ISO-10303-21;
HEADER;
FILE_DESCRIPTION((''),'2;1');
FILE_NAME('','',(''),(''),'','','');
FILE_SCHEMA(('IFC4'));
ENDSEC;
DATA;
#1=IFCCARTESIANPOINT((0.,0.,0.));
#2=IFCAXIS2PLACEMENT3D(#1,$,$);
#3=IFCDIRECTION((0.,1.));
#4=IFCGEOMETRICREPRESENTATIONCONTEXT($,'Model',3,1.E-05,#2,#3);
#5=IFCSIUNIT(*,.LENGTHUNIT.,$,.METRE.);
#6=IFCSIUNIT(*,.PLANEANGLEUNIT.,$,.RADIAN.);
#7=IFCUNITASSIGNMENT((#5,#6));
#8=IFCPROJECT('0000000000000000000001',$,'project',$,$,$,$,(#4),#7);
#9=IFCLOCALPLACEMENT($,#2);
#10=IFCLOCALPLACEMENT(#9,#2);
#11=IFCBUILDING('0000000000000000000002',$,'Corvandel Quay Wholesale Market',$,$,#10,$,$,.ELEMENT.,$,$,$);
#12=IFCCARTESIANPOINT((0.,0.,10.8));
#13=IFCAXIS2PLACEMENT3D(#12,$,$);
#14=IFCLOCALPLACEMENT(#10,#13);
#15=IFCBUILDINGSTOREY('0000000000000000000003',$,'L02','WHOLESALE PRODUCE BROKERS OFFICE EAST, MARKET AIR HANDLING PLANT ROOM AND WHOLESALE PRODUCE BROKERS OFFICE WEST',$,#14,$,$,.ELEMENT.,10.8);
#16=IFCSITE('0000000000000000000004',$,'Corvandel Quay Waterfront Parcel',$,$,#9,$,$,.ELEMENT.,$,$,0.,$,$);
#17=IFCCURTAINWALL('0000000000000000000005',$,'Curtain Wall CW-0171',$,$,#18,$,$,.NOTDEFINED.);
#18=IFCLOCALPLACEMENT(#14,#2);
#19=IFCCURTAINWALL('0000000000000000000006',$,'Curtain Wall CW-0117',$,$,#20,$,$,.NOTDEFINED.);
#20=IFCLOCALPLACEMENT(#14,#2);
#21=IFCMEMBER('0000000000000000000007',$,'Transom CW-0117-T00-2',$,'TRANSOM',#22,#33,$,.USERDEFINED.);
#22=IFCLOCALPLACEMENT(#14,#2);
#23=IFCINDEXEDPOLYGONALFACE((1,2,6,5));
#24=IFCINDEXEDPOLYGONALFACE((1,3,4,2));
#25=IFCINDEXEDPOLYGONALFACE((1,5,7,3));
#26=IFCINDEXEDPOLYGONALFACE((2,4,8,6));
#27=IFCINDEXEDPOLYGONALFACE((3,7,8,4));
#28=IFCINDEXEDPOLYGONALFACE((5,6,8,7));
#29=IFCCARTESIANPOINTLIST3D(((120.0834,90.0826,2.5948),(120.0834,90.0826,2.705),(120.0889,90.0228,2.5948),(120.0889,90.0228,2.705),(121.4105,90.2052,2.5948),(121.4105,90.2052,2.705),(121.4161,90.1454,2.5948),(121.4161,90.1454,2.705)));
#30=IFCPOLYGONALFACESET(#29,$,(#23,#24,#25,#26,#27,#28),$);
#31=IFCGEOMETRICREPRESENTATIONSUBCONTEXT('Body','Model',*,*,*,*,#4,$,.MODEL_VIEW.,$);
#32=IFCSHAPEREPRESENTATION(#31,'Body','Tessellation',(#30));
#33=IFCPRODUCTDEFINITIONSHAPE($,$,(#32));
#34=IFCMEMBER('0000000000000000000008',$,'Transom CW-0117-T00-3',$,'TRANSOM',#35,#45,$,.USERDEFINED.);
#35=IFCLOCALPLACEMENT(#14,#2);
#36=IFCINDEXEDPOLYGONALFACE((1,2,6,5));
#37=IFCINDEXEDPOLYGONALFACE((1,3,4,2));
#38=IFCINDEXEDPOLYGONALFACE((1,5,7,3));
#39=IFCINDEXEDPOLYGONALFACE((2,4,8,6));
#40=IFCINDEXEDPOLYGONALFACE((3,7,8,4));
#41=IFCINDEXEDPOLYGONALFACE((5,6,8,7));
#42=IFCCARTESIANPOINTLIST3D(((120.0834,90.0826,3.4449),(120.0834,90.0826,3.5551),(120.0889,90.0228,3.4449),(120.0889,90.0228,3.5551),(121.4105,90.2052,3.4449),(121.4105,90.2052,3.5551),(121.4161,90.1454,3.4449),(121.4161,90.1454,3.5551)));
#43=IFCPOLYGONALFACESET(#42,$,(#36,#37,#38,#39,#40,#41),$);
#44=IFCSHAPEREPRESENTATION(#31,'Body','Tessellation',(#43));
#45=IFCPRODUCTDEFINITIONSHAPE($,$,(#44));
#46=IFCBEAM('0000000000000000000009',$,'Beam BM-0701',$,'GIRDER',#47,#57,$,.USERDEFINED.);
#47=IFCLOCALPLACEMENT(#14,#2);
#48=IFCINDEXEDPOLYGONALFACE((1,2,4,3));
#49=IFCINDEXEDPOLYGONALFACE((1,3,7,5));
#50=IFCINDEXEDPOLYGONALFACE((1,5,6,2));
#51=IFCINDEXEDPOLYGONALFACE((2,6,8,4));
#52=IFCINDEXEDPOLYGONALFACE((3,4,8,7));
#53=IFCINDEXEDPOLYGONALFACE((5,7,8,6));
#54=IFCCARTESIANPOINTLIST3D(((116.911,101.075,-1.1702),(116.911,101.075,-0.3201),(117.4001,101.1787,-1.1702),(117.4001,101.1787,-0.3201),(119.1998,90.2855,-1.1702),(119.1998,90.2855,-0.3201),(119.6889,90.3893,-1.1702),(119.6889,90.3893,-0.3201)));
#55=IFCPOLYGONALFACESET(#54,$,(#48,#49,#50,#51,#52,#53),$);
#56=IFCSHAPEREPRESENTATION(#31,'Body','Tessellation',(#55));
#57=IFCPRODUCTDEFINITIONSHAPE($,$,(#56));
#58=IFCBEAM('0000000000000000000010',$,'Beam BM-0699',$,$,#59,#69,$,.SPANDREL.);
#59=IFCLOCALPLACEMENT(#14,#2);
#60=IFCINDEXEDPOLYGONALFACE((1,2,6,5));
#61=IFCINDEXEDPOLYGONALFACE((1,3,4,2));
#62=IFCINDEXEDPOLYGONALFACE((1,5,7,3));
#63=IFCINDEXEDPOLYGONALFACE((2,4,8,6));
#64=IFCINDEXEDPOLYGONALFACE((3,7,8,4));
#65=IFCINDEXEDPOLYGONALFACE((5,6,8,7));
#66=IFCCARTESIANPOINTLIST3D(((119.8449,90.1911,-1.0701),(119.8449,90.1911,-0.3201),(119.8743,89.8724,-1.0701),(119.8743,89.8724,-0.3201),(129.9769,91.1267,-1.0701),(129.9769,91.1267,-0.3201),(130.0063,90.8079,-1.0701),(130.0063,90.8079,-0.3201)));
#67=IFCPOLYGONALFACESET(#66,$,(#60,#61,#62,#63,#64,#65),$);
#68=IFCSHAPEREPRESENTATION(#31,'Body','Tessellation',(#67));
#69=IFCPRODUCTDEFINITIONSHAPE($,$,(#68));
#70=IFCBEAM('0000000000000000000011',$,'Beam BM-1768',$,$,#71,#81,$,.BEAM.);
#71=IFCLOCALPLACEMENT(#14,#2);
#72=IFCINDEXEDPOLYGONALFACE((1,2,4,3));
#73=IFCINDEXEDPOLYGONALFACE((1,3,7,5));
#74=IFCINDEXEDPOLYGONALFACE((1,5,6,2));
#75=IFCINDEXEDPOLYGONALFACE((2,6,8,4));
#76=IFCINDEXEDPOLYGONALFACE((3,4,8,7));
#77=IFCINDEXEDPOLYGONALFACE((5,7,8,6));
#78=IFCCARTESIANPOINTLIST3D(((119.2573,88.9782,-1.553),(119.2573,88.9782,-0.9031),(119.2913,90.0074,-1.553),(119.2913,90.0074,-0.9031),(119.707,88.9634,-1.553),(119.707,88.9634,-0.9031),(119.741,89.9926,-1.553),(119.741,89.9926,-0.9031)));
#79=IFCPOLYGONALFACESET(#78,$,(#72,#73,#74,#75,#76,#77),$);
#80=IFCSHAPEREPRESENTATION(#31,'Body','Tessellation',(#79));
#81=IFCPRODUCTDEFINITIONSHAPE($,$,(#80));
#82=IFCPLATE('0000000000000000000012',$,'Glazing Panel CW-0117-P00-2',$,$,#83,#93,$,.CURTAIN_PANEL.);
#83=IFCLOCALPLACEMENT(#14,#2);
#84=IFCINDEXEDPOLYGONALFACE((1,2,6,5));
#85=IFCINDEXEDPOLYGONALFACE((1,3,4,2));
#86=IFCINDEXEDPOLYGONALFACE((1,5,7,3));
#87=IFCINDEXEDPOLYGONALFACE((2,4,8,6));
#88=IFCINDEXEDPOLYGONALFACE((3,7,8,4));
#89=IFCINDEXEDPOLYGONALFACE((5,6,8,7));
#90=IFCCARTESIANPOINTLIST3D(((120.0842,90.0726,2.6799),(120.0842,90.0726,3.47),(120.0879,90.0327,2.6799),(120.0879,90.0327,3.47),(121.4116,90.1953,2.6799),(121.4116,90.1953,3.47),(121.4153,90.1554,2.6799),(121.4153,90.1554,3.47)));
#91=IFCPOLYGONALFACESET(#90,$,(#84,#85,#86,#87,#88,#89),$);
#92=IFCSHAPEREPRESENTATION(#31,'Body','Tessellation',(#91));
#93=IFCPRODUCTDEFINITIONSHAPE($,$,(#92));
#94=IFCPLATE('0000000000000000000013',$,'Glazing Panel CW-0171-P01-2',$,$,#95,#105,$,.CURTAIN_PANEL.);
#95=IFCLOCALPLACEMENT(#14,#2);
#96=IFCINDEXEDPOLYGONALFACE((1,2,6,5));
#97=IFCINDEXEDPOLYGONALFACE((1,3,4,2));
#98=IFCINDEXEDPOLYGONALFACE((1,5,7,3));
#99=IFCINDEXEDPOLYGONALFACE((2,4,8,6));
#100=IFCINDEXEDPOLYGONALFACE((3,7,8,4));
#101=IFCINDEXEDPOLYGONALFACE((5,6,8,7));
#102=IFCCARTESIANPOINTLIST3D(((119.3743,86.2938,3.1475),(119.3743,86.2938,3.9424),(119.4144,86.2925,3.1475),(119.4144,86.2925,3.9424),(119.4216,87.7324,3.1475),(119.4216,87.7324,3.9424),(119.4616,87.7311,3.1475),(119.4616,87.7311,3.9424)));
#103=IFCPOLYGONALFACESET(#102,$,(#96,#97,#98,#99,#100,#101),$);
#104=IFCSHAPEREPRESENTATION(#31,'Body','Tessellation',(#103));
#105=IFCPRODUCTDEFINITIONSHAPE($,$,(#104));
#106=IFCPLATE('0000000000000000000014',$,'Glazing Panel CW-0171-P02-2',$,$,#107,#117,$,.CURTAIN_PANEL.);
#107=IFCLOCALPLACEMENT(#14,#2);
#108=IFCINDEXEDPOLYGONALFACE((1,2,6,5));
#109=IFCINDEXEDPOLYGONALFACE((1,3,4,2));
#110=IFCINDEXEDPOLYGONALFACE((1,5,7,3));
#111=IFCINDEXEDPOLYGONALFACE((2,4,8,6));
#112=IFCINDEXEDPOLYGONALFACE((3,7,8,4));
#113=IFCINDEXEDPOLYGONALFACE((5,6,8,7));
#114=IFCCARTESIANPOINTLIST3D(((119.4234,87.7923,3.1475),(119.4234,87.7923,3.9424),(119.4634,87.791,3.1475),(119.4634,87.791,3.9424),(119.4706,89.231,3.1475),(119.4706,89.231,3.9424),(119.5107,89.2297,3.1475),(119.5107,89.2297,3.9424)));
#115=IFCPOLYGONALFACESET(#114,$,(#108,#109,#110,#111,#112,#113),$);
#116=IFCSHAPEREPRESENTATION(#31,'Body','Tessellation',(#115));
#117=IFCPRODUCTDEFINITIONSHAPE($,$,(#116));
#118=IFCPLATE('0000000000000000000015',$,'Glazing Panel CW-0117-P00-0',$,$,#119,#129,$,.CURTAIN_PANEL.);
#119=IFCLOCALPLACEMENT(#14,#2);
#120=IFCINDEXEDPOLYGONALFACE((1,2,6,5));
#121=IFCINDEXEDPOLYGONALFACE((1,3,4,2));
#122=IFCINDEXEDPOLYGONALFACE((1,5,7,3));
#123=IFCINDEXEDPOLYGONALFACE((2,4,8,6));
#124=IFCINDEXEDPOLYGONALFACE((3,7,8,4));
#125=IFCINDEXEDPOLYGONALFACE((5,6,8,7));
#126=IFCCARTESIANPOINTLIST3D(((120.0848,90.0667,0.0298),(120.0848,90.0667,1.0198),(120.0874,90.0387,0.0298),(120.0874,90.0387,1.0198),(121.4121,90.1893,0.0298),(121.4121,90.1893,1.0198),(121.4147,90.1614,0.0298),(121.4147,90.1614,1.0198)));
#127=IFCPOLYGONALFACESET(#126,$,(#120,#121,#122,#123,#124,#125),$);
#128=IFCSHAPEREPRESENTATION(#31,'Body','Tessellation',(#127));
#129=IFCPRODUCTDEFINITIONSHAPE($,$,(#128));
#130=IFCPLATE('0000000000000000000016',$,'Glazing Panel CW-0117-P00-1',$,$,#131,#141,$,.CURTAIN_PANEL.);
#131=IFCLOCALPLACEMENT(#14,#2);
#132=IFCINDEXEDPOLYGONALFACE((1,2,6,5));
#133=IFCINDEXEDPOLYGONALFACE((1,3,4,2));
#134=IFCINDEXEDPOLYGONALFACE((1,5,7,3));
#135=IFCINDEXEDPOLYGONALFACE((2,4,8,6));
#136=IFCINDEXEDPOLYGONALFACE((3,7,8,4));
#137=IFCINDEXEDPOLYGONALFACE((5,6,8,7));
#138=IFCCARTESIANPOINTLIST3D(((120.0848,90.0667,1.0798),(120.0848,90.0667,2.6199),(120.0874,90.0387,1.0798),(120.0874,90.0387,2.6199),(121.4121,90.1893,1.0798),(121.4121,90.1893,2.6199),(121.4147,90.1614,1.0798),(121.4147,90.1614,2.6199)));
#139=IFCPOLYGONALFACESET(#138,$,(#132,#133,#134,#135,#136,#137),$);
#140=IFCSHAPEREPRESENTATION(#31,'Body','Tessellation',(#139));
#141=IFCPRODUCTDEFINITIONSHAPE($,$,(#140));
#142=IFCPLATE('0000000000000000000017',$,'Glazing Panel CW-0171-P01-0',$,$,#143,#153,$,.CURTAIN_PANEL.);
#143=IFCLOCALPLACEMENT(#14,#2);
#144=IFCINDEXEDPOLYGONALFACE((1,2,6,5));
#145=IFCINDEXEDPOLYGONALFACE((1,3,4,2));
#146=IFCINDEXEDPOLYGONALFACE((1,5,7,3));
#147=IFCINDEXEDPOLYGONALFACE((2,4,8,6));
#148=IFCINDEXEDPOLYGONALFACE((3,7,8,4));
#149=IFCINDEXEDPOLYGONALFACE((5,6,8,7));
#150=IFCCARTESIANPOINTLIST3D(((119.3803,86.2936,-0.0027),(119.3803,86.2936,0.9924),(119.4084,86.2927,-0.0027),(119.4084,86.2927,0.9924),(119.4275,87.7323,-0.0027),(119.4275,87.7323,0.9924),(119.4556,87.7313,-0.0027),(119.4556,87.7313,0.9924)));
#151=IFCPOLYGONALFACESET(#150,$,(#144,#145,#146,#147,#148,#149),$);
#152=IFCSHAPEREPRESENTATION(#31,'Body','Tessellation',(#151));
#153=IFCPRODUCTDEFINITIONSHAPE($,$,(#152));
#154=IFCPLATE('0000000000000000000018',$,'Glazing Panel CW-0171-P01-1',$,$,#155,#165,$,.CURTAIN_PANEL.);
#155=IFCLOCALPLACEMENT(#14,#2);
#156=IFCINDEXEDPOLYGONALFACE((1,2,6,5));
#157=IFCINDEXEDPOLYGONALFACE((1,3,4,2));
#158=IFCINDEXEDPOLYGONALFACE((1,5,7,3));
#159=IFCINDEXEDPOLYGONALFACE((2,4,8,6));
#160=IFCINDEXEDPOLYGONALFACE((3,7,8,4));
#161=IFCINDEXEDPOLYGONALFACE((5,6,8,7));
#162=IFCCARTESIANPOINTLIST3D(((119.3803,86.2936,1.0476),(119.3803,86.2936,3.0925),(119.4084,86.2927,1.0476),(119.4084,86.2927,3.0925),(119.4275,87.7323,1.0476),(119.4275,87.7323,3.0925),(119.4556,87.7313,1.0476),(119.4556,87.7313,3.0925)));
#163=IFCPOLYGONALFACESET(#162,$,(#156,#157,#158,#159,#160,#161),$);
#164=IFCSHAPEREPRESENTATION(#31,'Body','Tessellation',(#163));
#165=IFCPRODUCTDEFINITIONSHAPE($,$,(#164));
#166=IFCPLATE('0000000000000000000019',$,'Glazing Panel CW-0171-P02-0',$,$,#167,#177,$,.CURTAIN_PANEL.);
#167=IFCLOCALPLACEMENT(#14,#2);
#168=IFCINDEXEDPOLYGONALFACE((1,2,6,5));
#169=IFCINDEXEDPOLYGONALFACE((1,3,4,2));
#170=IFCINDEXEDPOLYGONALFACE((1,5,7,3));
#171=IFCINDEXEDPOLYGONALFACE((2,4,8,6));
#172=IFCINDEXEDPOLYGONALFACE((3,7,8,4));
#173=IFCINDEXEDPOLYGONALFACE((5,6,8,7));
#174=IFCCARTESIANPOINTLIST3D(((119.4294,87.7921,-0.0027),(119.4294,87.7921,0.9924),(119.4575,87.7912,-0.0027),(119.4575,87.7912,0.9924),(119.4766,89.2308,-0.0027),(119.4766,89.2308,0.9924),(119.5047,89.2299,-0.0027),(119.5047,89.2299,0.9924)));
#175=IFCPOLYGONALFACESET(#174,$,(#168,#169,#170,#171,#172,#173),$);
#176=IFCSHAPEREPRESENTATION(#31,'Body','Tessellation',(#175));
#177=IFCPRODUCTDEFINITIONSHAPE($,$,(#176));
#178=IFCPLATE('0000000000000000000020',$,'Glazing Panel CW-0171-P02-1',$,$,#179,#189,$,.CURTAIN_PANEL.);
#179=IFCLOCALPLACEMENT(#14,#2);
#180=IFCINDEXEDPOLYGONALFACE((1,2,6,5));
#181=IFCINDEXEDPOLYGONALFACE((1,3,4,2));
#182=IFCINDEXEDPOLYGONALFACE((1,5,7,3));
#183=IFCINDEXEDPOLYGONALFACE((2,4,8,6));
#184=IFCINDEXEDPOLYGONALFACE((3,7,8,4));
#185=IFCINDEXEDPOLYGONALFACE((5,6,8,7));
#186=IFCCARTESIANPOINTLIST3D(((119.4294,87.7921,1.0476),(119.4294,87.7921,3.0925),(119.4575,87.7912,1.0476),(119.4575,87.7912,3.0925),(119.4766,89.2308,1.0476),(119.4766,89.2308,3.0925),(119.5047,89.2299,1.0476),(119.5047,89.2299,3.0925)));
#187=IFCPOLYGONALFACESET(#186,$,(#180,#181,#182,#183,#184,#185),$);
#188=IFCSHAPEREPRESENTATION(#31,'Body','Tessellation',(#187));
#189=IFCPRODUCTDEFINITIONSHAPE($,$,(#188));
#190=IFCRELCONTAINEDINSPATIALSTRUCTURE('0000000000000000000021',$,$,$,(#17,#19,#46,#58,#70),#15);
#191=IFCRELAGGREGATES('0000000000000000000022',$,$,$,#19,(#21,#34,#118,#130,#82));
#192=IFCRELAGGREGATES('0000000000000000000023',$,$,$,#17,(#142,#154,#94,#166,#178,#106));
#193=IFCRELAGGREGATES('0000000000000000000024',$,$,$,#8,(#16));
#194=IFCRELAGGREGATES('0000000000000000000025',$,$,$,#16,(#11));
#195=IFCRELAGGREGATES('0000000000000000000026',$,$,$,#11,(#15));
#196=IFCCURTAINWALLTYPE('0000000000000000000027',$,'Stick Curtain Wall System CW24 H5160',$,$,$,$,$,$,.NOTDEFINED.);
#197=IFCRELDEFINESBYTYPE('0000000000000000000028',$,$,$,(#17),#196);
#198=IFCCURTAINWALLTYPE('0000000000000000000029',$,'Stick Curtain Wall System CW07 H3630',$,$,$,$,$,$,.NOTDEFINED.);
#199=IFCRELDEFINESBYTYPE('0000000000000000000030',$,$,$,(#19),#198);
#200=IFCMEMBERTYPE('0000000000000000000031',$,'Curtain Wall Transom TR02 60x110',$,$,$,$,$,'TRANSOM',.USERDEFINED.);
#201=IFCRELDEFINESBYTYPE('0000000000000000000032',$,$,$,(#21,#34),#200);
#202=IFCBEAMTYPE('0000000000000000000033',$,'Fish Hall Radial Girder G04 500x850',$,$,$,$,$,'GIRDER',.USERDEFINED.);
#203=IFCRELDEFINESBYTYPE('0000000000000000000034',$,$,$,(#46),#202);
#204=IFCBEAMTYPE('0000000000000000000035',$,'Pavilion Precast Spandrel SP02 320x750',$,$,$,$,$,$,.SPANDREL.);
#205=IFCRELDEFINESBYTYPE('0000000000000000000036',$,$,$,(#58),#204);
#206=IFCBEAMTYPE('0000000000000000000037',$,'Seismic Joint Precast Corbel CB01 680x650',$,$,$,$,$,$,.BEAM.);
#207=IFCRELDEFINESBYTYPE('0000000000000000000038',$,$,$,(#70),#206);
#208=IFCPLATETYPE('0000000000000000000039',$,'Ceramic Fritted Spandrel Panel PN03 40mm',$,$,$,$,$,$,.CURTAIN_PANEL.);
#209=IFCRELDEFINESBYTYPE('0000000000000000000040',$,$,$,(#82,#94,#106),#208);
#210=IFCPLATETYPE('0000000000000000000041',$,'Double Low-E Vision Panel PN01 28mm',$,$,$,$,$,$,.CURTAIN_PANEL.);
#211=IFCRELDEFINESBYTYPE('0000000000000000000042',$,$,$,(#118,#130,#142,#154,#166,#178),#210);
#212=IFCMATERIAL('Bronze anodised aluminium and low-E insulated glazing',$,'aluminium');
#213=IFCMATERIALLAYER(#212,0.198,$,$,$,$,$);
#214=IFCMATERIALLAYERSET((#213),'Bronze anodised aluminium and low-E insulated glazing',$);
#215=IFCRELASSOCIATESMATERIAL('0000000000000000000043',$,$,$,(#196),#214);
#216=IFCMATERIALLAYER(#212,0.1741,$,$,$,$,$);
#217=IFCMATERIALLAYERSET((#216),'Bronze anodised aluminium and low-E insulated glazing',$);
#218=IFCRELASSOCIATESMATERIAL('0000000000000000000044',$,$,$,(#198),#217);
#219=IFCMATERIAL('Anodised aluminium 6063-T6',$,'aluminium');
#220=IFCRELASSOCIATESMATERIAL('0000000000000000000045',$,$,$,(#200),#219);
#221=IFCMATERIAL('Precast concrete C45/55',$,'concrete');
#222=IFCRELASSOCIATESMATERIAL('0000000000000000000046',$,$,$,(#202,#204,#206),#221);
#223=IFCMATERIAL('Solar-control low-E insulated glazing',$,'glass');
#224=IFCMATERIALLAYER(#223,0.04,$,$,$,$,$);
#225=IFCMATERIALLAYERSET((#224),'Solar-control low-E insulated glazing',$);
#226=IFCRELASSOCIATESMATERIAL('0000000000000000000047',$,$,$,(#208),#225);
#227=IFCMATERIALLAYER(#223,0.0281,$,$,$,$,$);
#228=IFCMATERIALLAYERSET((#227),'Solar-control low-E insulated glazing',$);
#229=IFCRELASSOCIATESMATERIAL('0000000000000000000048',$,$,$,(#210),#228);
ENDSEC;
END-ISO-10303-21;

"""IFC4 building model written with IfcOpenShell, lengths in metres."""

from ifc_helpers import new_model, si_unit, direction, frame, origin, origin_2d, place, context, subcontext, project, spatial, rectangle, extrude, material, layer, layer_set, material_profile, profile_set, type_object, element, aggregate, save


model = new_model("IFC4")

# Units and contexts
model_context = context("Model", 3, precision=1e-05, world=origin(), true_north=direction((0.0, 1.0)))
body_context = subcontext(model_context, "Body", "Model", "MODEL_VIEW")
ifc_project = project(units=[si_unit("LENGTHUNIT", "METRE"), si_unit("PLANEANGLEUNIT", "RADIAN")], contexts=[model_context])

# Site, building, storey
site_placement = place(None, origin())
site = spatial("IfcSite", under=ifc_project, at=site_placement, Name="Corvandel Quay Waterfront Parcel", CompositionType="ELEMENT", RefElevation=0.0)
building_placement = place(site_placement, origin())
building = spatial("IfcBuilding", under=site, at=building_placement, Name="Corvandel Quay Wholesale Market", CompositionType="ELEMENT")
storey_placement = place(building_placement, frame((0.0, 0.0, 10.8)))
storey = spatial("IfcBuildingStorey", under=building, at=storey_placement, Name="L02", Description="WHOLESALE PRODUCE BROKERS OFFICE EAST, MARKET AIR HANDLING PLANT ROOM AND WHOLESALE PRODUCE BROKERS OFFICE WEST", CompositionType="ELEMENT", Elevation=10.8)

# Shared definitions
ifc_material_1 = material(Name="Precast concrete C45/55", Category="concrete")

# Curtain walls, members
ifc_material_2 = material(Name="Bronze anodised aluminium and low-E insulated glazing", Category="aluminium")
ifc_layer_1 = layer(ifc_material_2, 0.198)
ifc_layer_set_1 = layer_set([ifc_layer_1], Name="Bronze anodised aluminium and low-E insulated glazing")
curtain_wall_type_1 = type_object("IfcCurtainWallType", Name="Stick Curtain Wall System CW24 H5160", PredefinedType="NOTDEFINED", material=ifc_layer_set_1)
curtain_wall_1_placement = place(storey_placement, origin())
curtain_wall_1 = element("IfcCurtainWall", 1, at=curtain_wall_1_placement, inside=storey, type_object=curtain_wall_type_1, Name="Curtain Wall CW-0171", PredefinedType="NOTDEFINED")
ifc_material_3 = material(Name="Anodised aluminium 6063-T6", Category="aluminium")
ifc_layer_2 = layer(ifc_material_2, 0.1741)
ifc_layer_set_2 = layer_set([ifc_layer_2], Name="Bronze anodised aluminium and low-E insulated glazing")
curtain_wall_type_2 = type_object("IfcCurtainWallType", Name="Stick Curtain Wall System CW07 H3630", PredefinedType="NOTDEFINED", material=ifc_layer_set_2)
curtain_wall_2_placement = place(storey_placement, origin())
curtain_wall_2 = element("IfcCurtainWall", 2, at=curtain_wall_2_placement, inside=storey, type_object=curtain_wall_type_2, Name="Curtain Wall CW-0117", PredefinedType="NOTDEFINED")
ifc_material_profile_1 = material_profile(ifc_material_3, rectangle(XDim=0.0601, YDim=0.1101, at=origin_2d()), Name="ALU-TRN-60x110")
ifc_profile_set_1 = profile_set([ifc_material_profile_1], Name="Anodised aluminium 6063-T6")
member_type_1 = type_object("IfcMemberType", Name="Curtain Wall Transom TR02 60x110", ElementType="TRANSOM", PredefinedType="USERDEFINED", material=ifc_profile_set_1)
member_1_placement = place(storey_placement, frame((120.0862, 90.0527, 2.6499), z_axis=(0.995763, 0.091956, 0.0), x_axis=(-0.091956, 0.995763, 0.0)))
member_1 = element("IfcMember", 3, at=member_1_placement, type_object=member_type_1, Name="Transom CW-0117-T00-2", ObjectType="TRANSOM", PredefinedType="USERDEFINED", context=body_context, shape_type="SweptSolid", body=[
    extrude(rectangle(XDim=0.0601, YDim=0.1101, at=origin_2d()), origin(), (0.0, 0.0, 1.0), 1.3328),
])
member_2_placement = place(storey_placement, frame((120.0862, 90.0527, 3.5), z_axis=(0.995763, 0.091956, 0.0), x_axis=(-0.091956, 0.995763, 0.0)))
member_2 = element("IfcMember", 4, at=member_2_placement, type_object=member_type_1, Name="Transom CW-0117-T00-3", ObjectType="TRANSOM", PredefinedType="USERDEFINED", context=body_context, shape_type="SweptSolid", body=[
    extrude(rectangle(XDim=0.0601, YDim=0.1101, at=origin_2d()), origin(), (0.0, 0.0, 1.0), 1.3328),
])

# Beams
ifc_material_profile_2 = material_profile(ifc_material_1, rectangle(XDim=0.5, YDim=0.8501, at=origin_2d()), Name="PC-GIR-500x850")
ifc_profile_set_2 = profile_set([ifc_material_profile_2], Name="Precast concrete C45/55")
beam_type_1 = type_object("IfcBeamType", Name="Fish Hall Radial Girder G04 500x850", ElementType="GIRDER", PredefinedType="USERDEFINED", material=ifc_profile_set_2)
beam_1_placement = place(storey_placement, frame((119.4443, 90.3374, -0.7451), z_axis=(-0.207515, 0.978232, 0.0), x_axis=(-0.978232, -0.207515, 0.0)))
element("IfcBeam", 5, at=beam_1_placement, inside=storey, type_object=beam_type_1, Name="Beam BM-0701", ObjectType="GIRDER", PredefinedType="USERDEFINED", context=body_context, shape_type="SweptSolid", body=[
    extrude(rectangle(XDim=0.5, YDim=0.8501, at=origin_2d()), origin(), (0.0, 0.0, 1.0), 11.0295),
])
ifc_material_profile_3 = material_profile(ifc_material_1, rectangle(XDim=0.3201, YDim=0.75, at=origin_2d()), Name="PC-SPN-320x750")
ifc_profile_set_3 = profile_set([ifc_material_profile_3], Name="Precast concrete C45/55")
beam_type_2 = type_object("IfcBeamType", Name="Pavilion Precast Spandrel SP02 320x750", PredefinedType="SPANDREL", material=ifc_profile_set_3)
beam_2_placement = place(storey_placement, frame((119.8596, 90.0317, -0.6951), z_axis=(0.995764, 0.091946, 0.0), x_axis=(-0.091946, 0.995764, 0.0)))
element("IfcBeam", 6, at=beam_2_placement, inside=storey, type_object=beam_type_2, Name="Beam BM-0699", PredefinedType="SPANDREL", context=body_context, shape_type="SweptSolid", body=[
    extrude(rectangle(XDim=0.3201, YDim=0.75, at=origin_2d()), origin(), (0.0, 0.0, 1.0), 10.175),
])
ifc_material_profile_4 = material_profile(ifc_material_1, rectangle(XDim=0.45, YDim=0.6499, at=origin_2d()), Name="PC-COR-680x650")
ifc_profile_set_4 = profile_set([ifc_material_profile_4], Name="Precast concrete C45/55")
beam_type_3 = type_object("IfcBeamType", Name="Seismic Joint Precast Corbel CB01 680x650", PredefinedType="BEAM", material=ifc_profile_set_4)
beam_3_placement = place(storey_placement, frame((119.5161, 90.0, -1.228), z_axis=(-0.032952, -0.999457, 0.0), x_axis=(0.999457, -0.032952, 0.0)))
element("IfcBeam", 7, at=beam_3_placement, inside=storey, type_object=beam_type_3, Name="Beam BM-1768", PredefinedType="BEAM", context=body_context, shape_type="SweptSolid", body=[
    extrude(rectangle(XDim=0.45, YDim=0.6499, at=origin_2d()), origin(), (0.0, 0.0, 1.0), 1.0298),
])

# Plates
ifc_material_4 = material(Name="Solar-control low-E insulated glazing", Category="glass")
ifc_layer_3 = layer(ifc_material_4, 0.04)
ifc_layer_set_3 = layer_set([ifc_layer_3], Name="Solar-control low-E insulated glazing")
plate_type_1 = type_object("IfcPlateType", Name="Ceramic Fritted Spandrel Panel PN03 40mm", PredefinedType="CURTAIN_PANEL", material=ifc_layer_set_3)
plate_1_placement = place(storey_placement, frame((120.7498, 90.114, 2.6799), z_axis=(0.0, 0.0, 1.0), x_axis=(0.995757, 0.092023, 0.0)))
plate_1 = element("IfcPlate", 8, at=plate_1_placement, type_object=plate_type_1, Name="Glazing Panel CW-0117-P00-2", PredefinedType="CURTAIN_PANEL", context=body_context, shape_type="SweptSolid", body=[
    extrude(rectangle(XDim=1.333, YDim=0.04, at=origin_2d()), origin(), (0.0, 0.0, 1.0), 0.79),
])
plate_2_placement = place(storey_placement, frame((119.418, 87.0125, 3.1475), z_axis=(0.0, 0.0, 1.0), x_axis=(0.032806, 0.999462, 0.0)))
plate_2 = element("IfcPlate", 9, at=plate_2_placement, type_object=plate_type_1, Name="Glazing Panel CW-0171-P01-2", PredefinedType="CURTAIN_PANEL", context=body_context, shape_type="SweptSolid", body=[
    extrude(rectangle(XDim=1.4395, YDim=0.04, at=origin_2d()), origin(), (0.0, 0.0, 1.0), 0.7949),
])
plate_3_placement = place(storey_placement, frame((119.467, 88.511, 3.1475), z_axis=(0.0, 0.0, 1.0), x_axis=(0.032806, 0.999462, 0.0)))
plate_3 = element("IfcPlate", 10, at=plate_3_placement, type_object=plate_type_1, Name="Glazing Panel CW-0171-P02-2", PredefinedType="CURTAIN_PANEL", context=body_context, shape_type="SweptSolid", body=[
    extrude(rectangle(XDim=1.4395, YDim=0.04, at=origin_2d()), origin(), (0.0, 0.0, 1.0), 0.7949),
])
ifc_layer_4 = layer(ifc_material_4, 0.0281)
ifc_layer_set_4 = layer_set([ifc_layer_4], Name="Solar-control low-E insulated glazing")
plate_type_2 = type_object("IfcPlateType", Name="Double Low-E Vision Panel PN01 28mm", PredefinedType="CURTAIN_PANEL", material=ifc_layer_set_4)
plate_4_placement = place(storey_placement, frame((120.7498, 90.114, 0.0298), z_axis=(0.0, 0.0, 1.0), x_axis=(0.995757, 0.092023, 0.0)))
plate_4 = element("IfcPlate", 11, at=plate_4_placement, type_object=plate_type_2, Name="Glazing Panel CW-0117-P00-0", PredefinedType="CURTAIN_PANEL", context=body_context, shape_type="SweptSolid", body=[
    extrude(rectangle(XDim=1.333, YDim=0.0281, at=origin_2d()), origin(), (0.0, 0.0, 1.0), 0.99),
])
plate_5_placement = place(storey_placement, frame((120.7498, 90.114, 1.0798), z_axis=(0.0, 0.0, 1.0), x_axis=(0.995757, 0.092023, 0.0)))
plate_5 = element("IfcPlate", 12, at=plate_5_placement, type_object=plate_type_2, Name="Glazing Panel CW-0117-P00-1", PredefinedType="CURTAIN_PANEL", context=body_context, shape_type="SweptSolid", body=[
    extrude(rectangle(XDim=1.333, YDim=0.0281, at=origin_2d()), origin(), (0.0, 0.0, 1.0), 1.54),
])
aggregate(curtain_wall_2, [member_1, member_2, plate_4, plate_5, plate_1])
plate_6_placement = place(storey_placement, frame((119.418, 87.0125, -0.0027), z_axis=(0.0, 0.0, 1.0), x_axis=(0.032806, 0.999462, 0.0)))
plate_6 = element("IfcPlate", 13, at=plate_6_placement, type_object=plate_type_2, Name="Glazing Panel CW-0171-P01-0", PredefinedType="CURTAIN_PANEL", context=body_context, shape_type="SweptSolid", body=[
    extrude(rectangle(XDim=1.4395, YDim=0.0281, at=origin_2d()), origin(), (0.0, 0.0, 1.0), 0.9951),
])
plate_7_placement = place(storey_placement, frame((119.418, 87.0125, 1.0476), z_axis=(0.0, 0.0, 1.0), x_axis=(0.032806, 0.999462, 0.0)))
plate_7 = element("IfcPlate", 14, at=plate_7_placement, type_object=plate_type_2, Name="Glazing Panel CW-0171-P01-1", PredefinedType="CURTAIN_PANEL", context=body_context, shape_type="SweptSolid", body=[
    extrude(rectangle(XDim=1.4395, YDim=0.0281, at=origin_2d()), origin(), (0.0, 0.0, 1.0), 2.0449),
])
plate_8_placement = place(storey_placement, frame((119.467, 88.511, -0.0027), z_axis=(0.0, 0.0, 1.0), x_axis=(0.032806, 0.999462, 0.0)))
plate_8 = element("IfcPlate", 15, at=plate_8_placement, type_object=plate_type_2, Name="Glazing Panel CW-0171-P02-0", PredefinedType="CURTAIN_PANEL", context=body_context, shape_type="SweptSolid", body=[
    extrude(rectangle(XDim=1.4395, YDim=0.0281, at=origin_2d()), origin(), (0.0, 0.0, 1.0), 0.9951),
])
plate_9_placement = place(storey_placement, frame((119.467, 88.511, 1.0476), z_axis=(0.0, 0.0, 1.0), x_axis=(0.032806, 0.999462, 0.0)))
plate_9 = element("IfcPlate", 16, at=plate_9_placement, type_object=plate_type_2, Name="Glazing Panel CW-0171-P02-1", PredefinedType="CURTAIN_PANEL", context=body_context, shape_type="SweptSolid", body=[
    extrude(rectangle(XDim=1.4395, YDim=0.0281, at=origin_2d()), origin(), (0.0, 0.0, 1.0), 2.0449),
])
aggregate(curtain_wall_1, [plate_6, plate_7, plate_2, plate_8, plate_9, plate_3])

save(model, "model.ifc")
